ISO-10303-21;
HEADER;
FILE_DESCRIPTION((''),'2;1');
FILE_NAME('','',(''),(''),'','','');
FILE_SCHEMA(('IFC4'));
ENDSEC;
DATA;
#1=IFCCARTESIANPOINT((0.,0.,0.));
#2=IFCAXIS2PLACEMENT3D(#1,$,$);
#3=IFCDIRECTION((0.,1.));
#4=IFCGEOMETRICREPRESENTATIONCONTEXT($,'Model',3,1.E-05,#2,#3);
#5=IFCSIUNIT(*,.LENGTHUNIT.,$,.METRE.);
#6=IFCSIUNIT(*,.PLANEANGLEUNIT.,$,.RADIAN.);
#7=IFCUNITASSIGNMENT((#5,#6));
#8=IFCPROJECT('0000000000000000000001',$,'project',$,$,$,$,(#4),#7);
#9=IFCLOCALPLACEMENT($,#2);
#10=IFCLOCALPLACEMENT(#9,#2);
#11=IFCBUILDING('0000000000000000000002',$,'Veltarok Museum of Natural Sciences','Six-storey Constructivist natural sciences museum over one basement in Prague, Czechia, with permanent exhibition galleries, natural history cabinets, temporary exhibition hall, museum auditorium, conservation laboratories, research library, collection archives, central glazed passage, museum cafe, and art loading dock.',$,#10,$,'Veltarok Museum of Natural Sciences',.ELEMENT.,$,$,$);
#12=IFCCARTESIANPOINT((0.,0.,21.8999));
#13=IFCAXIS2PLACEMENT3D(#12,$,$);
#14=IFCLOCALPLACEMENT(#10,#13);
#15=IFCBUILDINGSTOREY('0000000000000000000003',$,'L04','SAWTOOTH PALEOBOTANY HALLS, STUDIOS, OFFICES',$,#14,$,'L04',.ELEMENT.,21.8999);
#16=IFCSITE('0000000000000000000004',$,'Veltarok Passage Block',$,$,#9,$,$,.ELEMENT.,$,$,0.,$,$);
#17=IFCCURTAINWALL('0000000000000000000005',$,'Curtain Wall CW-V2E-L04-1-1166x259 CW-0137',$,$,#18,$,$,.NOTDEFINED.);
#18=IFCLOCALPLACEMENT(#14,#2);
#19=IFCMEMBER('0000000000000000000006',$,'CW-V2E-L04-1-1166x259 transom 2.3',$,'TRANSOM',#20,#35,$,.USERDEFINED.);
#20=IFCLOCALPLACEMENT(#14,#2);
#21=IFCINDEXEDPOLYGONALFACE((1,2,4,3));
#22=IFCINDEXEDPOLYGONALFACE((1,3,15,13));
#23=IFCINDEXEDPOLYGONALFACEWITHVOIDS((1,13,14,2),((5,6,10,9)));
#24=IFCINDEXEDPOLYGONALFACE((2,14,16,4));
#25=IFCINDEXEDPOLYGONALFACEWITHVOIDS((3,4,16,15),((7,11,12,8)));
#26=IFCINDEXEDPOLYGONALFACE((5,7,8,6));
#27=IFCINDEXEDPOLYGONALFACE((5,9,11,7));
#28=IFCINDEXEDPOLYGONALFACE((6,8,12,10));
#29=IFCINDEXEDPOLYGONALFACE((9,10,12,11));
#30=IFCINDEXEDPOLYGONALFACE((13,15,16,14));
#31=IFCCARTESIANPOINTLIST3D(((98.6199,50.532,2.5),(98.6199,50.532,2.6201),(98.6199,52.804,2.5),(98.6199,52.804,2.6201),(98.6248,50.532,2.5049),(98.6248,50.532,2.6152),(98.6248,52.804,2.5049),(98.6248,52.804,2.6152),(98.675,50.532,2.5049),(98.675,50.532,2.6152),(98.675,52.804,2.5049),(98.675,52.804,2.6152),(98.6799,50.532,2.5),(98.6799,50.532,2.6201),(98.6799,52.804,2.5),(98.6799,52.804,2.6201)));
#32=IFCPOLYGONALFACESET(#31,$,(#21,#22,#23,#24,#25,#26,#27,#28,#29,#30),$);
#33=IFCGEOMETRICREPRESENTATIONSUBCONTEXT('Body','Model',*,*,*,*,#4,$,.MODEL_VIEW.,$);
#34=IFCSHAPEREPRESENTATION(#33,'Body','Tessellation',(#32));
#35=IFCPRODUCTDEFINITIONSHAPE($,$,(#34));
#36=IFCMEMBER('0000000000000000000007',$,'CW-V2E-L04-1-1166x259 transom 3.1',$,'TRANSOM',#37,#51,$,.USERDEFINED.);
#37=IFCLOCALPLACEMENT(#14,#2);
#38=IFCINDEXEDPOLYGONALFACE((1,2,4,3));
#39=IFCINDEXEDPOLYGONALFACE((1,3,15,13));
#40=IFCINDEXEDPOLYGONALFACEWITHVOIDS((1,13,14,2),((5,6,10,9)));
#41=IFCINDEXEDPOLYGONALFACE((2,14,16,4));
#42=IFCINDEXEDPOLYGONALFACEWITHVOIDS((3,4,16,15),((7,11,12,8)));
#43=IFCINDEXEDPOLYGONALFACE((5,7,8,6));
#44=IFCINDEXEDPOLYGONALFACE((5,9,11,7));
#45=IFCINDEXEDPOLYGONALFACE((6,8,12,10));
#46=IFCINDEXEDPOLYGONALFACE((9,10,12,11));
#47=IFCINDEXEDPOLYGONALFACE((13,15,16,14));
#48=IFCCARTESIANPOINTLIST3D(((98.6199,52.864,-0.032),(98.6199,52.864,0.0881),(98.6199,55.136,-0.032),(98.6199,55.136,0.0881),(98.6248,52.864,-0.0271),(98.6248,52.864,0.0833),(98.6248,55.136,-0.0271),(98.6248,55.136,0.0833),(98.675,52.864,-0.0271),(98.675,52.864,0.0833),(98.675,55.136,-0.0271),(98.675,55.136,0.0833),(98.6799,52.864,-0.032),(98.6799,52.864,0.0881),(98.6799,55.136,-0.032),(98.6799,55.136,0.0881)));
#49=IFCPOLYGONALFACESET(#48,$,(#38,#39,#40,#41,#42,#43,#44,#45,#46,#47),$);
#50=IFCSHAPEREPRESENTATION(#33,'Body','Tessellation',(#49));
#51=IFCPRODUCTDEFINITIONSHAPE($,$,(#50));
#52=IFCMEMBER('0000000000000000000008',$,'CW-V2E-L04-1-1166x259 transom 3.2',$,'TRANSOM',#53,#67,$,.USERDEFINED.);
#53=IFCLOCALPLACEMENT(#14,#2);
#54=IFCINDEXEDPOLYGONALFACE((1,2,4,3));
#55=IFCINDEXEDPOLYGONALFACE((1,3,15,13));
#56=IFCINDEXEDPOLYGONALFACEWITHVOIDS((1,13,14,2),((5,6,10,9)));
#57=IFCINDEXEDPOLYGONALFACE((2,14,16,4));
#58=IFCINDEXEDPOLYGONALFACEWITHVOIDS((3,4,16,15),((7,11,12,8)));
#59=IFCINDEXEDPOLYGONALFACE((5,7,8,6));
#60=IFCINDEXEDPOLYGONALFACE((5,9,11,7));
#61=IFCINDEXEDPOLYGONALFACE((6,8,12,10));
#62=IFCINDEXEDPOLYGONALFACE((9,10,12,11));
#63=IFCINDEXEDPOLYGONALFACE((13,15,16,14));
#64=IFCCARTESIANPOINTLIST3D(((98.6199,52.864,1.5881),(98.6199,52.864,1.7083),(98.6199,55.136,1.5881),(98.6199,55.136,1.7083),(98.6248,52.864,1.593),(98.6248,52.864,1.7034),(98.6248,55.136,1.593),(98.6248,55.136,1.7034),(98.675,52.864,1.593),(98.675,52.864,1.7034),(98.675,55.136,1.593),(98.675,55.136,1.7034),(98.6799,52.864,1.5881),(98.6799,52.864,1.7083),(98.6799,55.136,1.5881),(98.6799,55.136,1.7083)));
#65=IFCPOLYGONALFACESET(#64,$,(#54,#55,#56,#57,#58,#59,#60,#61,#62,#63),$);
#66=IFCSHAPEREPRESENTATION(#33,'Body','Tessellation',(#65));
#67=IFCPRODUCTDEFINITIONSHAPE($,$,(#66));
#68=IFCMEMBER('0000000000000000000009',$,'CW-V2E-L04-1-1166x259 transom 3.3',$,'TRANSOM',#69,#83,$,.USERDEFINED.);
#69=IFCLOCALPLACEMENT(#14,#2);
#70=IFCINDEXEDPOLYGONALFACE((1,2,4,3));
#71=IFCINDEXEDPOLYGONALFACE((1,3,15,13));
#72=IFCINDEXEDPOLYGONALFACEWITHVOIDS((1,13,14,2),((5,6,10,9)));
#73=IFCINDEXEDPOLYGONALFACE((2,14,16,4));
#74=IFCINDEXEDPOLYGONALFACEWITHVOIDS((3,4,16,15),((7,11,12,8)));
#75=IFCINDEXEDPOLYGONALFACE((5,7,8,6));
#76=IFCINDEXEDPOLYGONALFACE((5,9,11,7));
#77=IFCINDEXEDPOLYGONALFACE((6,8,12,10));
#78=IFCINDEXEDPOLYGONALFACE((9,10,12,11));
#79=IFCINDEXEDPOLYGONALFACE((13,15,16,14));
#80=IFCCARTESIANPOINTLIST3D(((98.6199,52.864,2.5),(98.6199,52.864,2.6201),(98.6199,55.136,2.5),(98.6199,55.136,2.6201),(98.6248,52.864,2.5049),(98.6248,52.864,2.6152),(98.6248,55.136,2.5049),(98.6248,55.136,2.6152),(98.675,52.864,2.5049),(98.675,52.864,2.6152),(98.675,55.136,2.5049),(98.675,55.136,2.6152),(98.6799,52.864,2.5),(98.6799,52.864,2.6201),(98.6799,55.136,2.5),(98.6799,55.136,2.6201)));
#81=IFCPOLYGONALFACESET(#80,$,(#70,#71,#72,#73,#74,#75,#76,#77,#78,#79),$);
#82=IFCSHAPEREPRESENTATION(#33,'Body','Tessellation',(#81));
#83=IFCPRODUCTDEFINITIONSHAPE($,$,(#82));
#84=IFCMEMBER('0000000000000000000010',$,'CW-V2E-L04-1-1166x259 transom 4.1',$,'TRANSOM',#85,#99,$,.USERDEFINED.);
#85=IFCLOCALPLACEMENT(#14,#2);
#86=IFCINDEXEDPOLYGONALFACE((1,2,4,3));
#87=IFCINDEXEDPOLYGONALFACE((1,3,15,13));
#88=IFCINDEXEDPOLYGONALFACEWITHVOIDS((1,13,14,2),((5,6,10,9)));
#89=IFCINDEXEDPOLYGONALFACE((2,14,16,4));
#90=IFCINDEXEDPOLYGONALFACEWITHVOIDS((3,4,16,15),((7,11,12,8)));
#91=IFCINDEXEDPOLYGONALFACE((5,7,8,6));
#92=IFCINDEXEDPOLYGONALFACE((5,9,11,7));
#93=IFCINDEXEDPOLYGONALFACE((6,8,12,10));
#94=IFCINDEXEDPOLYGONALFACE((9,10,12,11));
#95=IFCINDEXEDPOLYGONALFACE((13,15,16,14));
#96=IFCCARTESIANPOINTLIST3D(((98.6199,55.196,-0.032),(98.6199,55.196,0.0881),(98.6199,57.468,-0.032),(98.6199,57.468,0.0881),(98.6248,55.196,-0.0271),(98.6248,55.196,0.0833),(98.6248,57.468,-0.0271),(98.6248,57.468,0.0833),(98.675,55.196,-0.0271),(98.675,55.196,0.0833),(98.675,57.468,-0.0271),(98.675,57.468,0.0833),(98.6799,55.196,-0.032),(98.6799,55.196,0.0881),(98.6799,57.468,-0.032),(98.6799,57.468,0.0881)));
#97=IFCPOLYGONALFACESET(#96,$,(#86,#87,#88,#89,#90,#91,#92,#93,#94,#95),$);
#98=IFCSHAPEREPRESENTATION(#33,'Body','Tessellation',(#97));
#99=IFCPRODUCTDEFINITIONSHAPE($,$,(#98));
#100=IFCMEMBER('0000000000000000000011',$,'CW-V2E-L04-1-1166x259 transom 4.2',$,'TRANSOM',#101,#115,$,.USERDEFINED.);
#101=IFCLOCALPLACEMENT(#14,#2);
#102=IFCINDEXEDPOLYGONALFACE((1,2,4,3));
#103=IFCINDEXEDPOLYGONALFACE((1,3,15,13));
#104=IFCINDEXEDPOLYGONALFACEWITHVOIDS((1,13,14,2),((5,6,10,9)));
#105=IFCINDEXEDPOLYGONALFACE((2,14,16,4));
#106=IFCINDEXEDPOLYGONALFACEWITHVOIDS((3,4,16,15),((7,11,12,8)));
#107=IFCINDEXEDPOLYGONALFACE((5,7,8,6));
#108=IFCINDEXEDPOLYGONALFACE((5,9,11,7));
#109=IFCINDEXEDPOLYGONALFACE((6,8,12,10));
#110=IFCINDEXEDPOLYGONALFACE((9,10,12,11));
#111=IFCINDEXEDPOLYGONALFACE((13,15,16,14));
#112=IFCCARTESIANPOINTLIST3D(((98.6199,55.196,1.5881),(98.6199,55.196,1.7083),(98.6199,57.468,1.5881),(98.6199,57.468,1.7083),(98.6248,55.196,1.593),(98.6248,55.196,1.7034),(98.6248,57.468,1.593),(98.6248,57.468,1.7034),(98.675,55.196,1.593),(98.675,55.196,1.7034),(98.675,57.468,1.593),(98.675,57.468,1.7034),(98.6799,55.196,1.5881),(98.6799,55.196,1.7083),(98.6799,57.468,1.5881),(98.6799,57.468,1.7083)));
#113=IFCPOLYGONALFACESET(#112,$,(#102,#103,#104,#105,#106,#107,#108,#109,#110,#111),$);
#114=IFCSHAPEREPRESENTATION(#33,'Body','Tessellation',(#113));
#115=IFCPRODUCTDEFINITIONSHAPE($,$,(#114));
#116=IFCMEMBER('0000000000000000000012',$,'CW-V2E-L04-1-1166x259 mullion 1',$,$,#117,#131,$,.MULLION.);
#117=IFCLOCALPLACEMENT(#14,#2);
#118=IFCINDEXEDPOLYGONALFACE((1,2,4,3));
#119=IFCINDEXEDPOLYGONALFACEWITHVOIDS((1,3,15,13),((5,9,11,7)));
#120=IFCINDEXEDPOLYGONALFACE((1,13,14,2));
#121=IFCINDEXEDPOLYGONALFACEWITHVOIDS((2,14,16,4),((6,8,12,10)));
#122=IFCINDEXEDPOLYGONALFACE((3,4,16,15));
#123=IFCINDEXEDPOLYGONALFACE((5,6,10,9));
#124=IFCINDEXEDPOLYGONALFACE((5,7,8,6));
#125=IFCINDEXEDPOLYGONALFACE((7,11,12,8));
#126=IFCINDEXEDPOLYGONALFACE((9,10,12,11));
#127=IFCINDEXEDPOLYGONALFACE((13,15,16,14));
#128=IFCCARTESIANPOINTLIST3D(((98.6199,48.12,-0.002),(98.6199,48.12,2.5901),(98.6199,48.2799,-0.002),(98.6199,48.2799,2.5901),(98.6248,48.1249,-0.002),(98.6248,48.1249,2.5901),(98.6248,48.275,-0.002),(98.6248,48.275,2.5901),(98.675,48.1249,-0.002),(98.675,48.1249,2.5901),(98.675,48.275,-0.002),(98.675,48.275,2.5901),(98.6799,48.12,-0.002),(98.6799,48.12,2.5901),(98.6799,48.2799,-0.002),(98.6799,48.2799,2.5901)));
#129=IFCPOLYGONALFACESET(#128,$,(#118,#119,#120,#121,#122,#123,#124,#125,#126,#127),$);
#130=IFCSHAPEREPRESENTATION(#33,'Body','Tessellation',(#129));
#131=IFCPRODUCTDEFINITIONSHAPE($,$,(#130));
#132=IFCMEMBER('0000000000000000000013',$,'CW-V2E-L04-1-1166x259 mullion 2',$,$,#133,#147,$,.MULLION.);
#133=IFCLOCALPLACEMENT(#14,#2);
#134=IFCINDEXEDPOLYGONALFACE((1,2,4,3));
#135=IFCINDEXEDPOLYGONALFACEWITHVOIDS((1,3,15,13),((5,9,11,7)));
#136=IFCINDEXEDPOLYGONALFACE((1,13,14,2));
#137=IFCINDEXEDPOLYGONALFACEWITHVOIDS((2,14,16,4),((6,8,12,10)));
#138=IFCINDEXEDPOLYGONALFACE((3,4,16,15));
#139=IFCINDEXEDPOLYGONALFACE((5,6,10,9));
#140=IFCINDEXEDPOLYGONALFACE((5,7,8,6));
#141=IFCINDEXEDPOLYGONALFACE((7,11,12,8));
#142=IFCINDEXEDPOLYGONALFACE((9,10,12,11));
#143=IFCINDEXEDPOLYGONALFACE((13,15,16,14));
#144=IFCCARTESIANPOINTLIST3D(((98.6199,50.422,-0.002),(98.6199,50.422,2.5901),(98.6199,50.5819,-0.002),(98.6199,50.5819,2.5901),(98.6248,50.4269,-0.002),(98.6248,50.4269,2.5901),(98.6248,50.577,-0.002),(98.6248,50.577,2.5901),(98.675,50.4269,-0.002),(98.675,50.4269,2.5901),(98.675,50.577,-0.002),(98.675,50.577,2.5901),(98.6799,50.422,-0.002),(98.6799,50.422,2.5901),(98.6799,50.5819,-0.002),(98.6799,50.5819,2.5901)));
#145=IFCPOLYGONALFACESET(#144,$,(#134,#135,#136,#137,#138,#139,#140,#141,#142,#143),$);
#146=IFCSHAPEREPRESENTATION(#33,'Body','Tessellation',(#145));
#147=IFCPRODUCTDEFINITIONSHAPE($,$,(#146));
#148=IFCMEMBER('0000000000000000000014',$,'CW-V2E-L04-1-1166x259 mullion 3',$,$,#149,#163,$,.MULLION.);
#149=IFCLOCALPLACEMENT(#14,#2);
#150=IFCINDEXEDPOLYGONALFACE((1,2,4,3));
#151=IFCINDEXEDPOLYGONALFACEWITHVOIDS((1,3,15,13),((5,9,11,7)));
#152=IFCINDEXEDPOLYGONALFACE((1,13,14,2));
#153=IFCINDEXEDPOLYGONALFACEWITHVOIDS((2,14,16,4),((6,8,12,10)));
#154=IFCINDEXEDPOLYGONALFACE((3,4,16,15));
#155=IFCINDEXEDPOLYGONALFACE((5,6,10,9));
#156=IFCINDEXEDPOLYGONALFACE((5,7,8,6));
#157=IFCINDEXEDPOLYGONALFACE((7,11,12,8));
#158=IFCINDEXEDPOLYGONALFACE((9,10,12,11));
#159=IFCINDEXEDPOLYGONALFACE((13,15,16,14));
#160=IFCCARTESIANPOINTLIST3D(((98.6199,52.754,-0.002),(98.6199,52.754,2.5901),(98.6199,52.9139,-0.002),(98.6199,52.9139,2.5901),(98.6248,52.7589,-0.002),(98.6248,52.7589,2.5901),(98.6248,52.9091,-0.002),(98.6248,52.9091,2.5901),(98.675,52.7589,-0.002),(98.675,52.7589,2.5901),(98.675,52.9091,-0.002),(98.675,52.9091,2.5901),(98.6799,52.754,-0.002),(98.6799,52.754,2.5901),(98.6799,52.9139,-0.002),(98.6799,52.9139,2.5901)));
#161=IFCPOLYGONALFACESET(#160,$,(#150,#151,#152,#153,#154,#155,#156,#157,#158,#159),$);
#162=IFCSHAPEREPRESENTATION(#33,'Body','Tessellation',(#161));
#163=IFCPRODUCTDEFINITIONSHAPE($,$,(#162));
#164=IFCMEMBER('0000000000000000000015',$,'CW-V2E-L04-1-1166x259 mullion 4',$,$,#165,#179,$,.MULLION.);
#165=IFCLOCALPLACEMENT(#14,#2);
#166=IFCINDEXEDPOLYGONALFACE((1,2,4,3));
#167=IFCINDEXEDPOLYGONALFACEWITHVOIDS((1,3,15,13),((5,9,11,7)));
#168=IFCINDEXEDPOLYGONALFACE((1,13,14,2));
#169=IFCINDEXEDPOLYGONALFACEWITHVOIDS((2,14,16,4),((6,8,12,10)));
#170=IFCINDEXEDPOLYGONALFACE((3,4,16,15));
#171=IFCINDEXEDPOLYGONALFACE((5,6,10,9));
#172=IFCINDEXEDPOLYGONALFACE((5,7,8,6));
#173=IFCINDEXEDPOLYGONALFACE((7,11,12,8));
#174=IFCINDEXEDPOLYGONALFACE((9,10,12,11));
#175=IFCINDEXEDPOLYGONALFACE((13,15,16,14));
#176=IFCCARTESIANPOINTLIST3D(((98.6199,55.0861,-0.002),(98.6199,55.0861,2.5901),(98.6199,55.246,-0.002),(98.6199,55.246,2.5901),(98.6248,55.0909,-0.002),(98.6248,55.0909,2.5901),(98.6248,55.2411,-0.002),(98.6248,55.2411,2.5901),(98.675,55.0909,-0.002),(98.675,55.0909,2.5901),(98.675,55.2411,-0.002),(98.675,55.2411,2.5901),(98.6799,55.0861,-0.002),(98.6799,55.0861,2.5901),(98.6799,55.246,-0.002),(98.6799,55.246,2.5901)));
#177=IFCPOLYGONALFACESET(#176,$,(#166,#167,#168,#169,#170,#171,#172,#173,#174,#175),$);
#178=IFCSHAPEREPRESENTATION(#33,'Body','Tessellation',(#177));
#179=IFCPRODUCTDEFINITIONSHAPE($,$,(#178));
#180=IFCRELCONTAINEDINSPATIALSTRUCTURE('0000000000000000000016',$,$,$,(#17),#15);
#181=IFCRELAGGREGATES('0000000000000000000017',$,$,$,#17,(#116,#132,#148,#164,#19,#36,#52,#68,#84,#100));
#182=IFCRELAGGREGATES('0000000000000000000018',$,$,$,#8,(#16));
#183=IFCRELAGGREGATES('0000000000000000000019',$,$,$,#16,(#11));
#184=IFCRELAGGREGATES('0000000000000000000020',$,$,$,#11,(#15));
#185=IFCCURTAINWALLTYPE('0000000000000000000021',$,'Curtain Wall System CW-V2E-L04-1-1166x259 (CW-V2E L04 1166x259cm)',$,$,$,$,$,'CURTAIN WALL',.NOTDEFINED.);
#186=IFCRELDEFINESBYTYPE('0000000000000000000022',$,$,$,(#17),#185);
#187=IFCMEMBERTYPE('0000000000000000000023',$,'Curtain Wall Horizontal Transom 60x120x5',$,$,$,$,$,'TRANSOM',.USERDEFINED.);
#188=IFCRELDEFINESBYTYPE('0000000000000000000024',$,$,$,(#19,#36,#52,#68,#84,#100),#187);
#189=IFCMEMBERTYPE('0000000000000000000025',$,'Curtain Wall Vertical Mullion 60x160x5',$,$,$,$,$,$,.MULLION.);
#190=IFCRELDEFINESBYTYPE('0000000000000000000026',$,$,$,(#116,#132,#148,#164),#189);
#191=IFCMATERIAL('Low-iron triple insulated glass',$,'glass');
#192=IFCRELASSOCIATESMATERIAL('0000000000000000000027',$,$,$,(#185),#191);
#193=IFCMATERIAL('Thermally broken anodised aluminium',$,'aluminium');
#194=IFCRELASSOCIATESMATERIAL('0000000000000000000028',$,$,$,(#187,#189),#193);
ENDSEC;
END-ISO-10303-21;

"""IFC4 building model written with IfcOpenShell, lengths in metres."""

from ifc_helpers import new_model, si_unit, direction, frame, origin, origin_2d, place, context, subcontext, project, spatial, hollow_rectangle, extrude, material, material_profile, profile_set, type_object, element, aggregate, save


model = new_model("IFC4")

# Units and contexts
model_context = context("Model", 3, precision=1e-05, world=origin(), true_north=direction((0.0, 1.0)))
body_context = subcontext(model_context, "Body", "Model", "MODEL_VIEW")
ifc_project = project(units=[si_unit("LENGTHUNIT", "METRE"), si_unit("PLANEANGLEUNIT", "RADIAN")], contexts=[model_context])

# Site, building, storey
site_placement = place(None, origin())
site = spatial("IfcSite", under=ifc_project, at=site_placement, Name="Veltarok Passage Block", CompositionType="ELEMENT", RefElevation=0.0)
building_placement = place(site_placement, origin())
building = spatial("IfcBuilding", under=site, at=building_placement, Name="Veltarok Museum of Natural Sciences", Description="Six-storey Constructivist natural sciences museum over one basement in Prague, Czechia, with permanent exhibition galleries, natural history cabinets, temporary exhibition hall, museum auditorium, conservation laboratories, research library, collection archives, central glazed passage, museum cafe, and art loading dock.", LongName="Veltarok Museum of Natural Sciences", CompositionType="ELEMENT")
storey_placement = place(building_placement, frame((0.0, 0.0, 21.8999)))
storey = spatial("IfcBuildingStorey", under=building, at=storey_placement, Name="L04", Description="SAWTOOTH PALEOBOTANY HALLS, STUDIOS, OFFICES", LongName="L04", CompositionType="ELEMENT", Elevation=21.8999)

# Curtain wall, members
ifc_material_1 = material(Name="Low-iron triple insulated glass", Category="glass")
curtain_wall_type = type_object("IfcCurtainWallType", Name="Curtain Wall System CW-V2E-L04-1-1166x259 (CW-V2E L04 1166x259cm)", ElementType="CURTAIN WALL", PredefinedType="NOTDEFINED", material=ifc_material_1)
curtain_wall_placement = place(storey_placement, origin())
curtain_wall = element("IfcCurtainWall", 1, at=curtain_wall_placement, inside=storey, type_object=curtain_wall_type, Name="Curtain Wall CW-V2E-L04-1-1166x259 CW-0137", PredefinedType="NOTDEFINED")
ifc_material_2 = material(Name="Thermally broken anodised aluminium", Category="aluminium")
ifc_material_profile_1 = material_profile(ifc_material_2, hollow_rectangle(XDim=0.0601, YDim=0.1201, WallThickness=0.0049, at=origin_2d()), Name="CW TRANSOM 60x120x5")
ifc_profile_set_1 = profile_set([ifc_material_profile_1], Name="Thermally broken anodised aluminium")
member_type_1 = type_object("IfcMemberType", Name="Curtain Wall Horizontal Transom 60x120x5", ElementType="TRANSOM", PredefinedType="USERDEFINED", material=ifc_profile_set_1)
member_1_placement = place(storey_placement, frame((98.6499, 50.532, 2.5601), z_axis=(0.0, 1.0, 0.0), x_axis=(-1.0, 0.0, 0.0)))
member_1 = element("IfcMember", 2, at=member_1_placement, type_object=member_type_1, Name="CW-V2E-L04-1-1166x259 transom 2.3", ObjectType="TRANSOM", PredefinedType="USERDEFINED", context=body_context, shape_type="SweptSolid", body=[
    extrude(hollow_rectangle(XDim=0.0601, YDim=0.1201, WallThickness=0.0049, at=origin_2d()), origin(), (0.0, 0.0, 1.0), 2.272),
])
member_2_placement = place(storey_placement, frame((98.6499, 52.864, 0.0281), z_axis=(0.0, 1.0, 0.0), x_axis=(-1.0, 0.0, 0.0)))
member_2 = element("IfcMember", 3, at=member_2_placement, type_object=member_type_1, Name="CW-V2E-L04-1-1166x259 transom 3.1", ObjectType="TRANSOM", PredefinedType="USERDEFINED", context=body_context, shape_type="SweptSolid", body=[
    extrude(hollow_rectangle(XDim=0.0601, YDim=0.1201, WallThickness=0.0049, at=origin_2d()), origin(), (0.0, 0.0, 1.0), 2.272),
])
member_3_placement = place(storey_placement, frame((98.6499, 52.864, 1.6482), z_axis=(0.0, 1.0, 0.0), x_axis=(-1.0, 0.0, 0.0)))
member_3 = element("IfcMember", 4, at=member_3_placement, type_object=member_type_1, Name="CW-V2E-L04-1-1166x259 transom 3.2", ObjectType="TRANSOM", PredefinedType="USERDEFINED", context=body_context, shape_type="SweptSolid", body=[
    extrude(hollow_rectangle(XDim=0.0601, YDim=0.1201, WallThickness=0.0049, at=origin_2d()), origin(), (0.0, 0.0, 1.0), 2.272),
])
member_4_placement = place(storey_placement, frame((98.6499, 52.864, 2.5601), z_axis=(0.0, 1.0, 0.0), x_axis=(-1.0, 0.0, 0.0)))
member_4 = element("IfcMember", 5, at=member_4_placement, type_object=member_type_1, Name="CW-V2E-L04-1-1166x259 transom 3.3", ObjectType="TRANSOM", PredefinedType="USERDEFINED", context=body_context, shape_type="SweptSolid", body=[
    extrude(hollow_rectangle(XDim=0.0601, YDim=0.1201, WallThickness=0.0049, at=origin_2d()), origin(), (0.0, 0.0, 1.0), 2.272),
])
member_5_placement = place(storey_placement, frame((98.6499, 55.196, 0.0281), z_axis=(0.0, 1.0, 0.0), x_axis=(-1.0, 0.0, 0.0)))
member_5 = element("IfcMember", 6, at=member_5_placement, type_object=member_type_1, Name="CW-V2E-L04-1-1166x259 transom 4.1", ObjectType="TRANSOM", PredefinedType="USERDEFINED", context=body_context, shape_type="SweptSolid", body=[
    extrude(hollow_rectangle(XDim=0.0601, YDim=0.1201, WallThickness=0.0049, at=origin_2d()), origin(), (0.0, 0.0, 1.0), 2.272),
])
member_6_placement = place(storey_placement, frame((98.6499, 55.196, 1.6482), z_axis=(0.0, 1.0, 0.0), x_axis=(-1.0, 0.0, 0.0)))
member_6 = element("IfcMember", 7, at=member_6_placement, type_object=member_type_1, Name="CW-V2E-L04-1-1166x259 transom 4.2", ObjectType="TRANSOM", PredefinedType="USERDEFINED", context=body_context, shape_type="SweptSolid", body=[
    extrude(hollow_rectangle(XDim=0.0601, YDim=0.1201, WallThickness=0.0049, at=origin_2d()), origin(), (0.0, 0.0, 1.0), 2.272),
])
ifc_material_profile_2 = material_profile(ifc_material_2, hollow_rectangle(XDim=0.0601, YDim=0.1599, WallThickness=0.0049, at=origin_2d()), Name="CW MULLION 60x160x5")
ifc_profile_set_2 = profile_set([ifc_material_profile_2], Name="Thermally broken anodised aluminium")
member_type_2 = type_object("IfcMemberType", Name="Curtain Wall Vertical Mullion 60x160x5", PredefinedType="MULLION", material=ifc_profile_set_2)
member_7_placement = place(storey_placement, frame((98.6499, 48.2, -0.002), z_axis=(0.0, 0.0, 1.0), x_axis=(-1.0, 0.0, 0.0)))
member_7 = element("IfcMember", 8, at=member_7_placement, type_object=member_type_2, Name="CW-V2E-L04-1-1166x259 mullion 1", PredefinedType="MULLION", context=body_context, shape_type="SweptSolid", body=[
    extrude(hollow_rectangle(XDim=0.0601, YDim=0.1599, WallThickness=0.0049, at=origin_2d()), origin(), (0.0, 0.0, 1.0), 2.592),
])
member_8_placement = place(storey_placement, frame((98.6499, 50.502, -0.002), z_axis=(0.0, 0.0, 1.0), x_axis=(-1.0, 0.0, 0.0)))
member_8 = element("IfcMember", 9, at=member_8_placement, type_object=member_type_2, Name="CW-V2E-L04-1-1166x259 mullion 2", PredefinedType="MULLION", context=body_context, shape_type="SweptSolid", body=[
    extrude(hollow_rectangle(XDim=0.0601, YDim=0.1599, WallThickness=0.0049, at=origin_2d()), origin(), (0.0, 0.0, 1.0), 2.592),
])
member_9_placement = place(storey_placement, frame((98.6499, 52.834, -0.002), z_axis=(0.0, 0.0, 1.0), x_axis=(-1.0, 0.0, 0.0)))
member_9 = element("IfcMember", 10, at=member_9_placement, type_object=member_type_2, Name="CW-V2E-L04-1-1166x259 mullion 3", PredefinedType="MULLION", context=body_context, shape_type="SweptSolid", body=[
    extrude(hollow_rectangle(XDim=0.0601, YDim=0.1599, WallThickness=0.0049, at=origin_2d()), origin(), (0.0, 0.0, 1.0), 2.592),
])
member_10_placement = place(storey_placement, frame((98.6499, 55.166, -0.002), z_axis=(0.0, 0.0, 1.0), x_axis=(-1.0, 0.0, 0.0)))
member_10 = element("IfcMember", 11, at=member_10_placement, type_object=member_type_2, Name="CW-V2E-L04-1-1166x259 mullion 4", PredefinedType="MULLION", context=body_context, shape_type="SweptSolid", body=[
    extrude(hollow_rectangle(XDim=0.0601, YDim=0.1599, WallThickness=0.0049, at=origin_2d()), origin(), (0.0, 0.0, 1.0), 2.592),
])

aggregate(curtain_wall, [member_7, member_8, member_9, member_10, member_1, member_2, member_3, member_4, member_5, member_6])

save(model, "model.ifc")
